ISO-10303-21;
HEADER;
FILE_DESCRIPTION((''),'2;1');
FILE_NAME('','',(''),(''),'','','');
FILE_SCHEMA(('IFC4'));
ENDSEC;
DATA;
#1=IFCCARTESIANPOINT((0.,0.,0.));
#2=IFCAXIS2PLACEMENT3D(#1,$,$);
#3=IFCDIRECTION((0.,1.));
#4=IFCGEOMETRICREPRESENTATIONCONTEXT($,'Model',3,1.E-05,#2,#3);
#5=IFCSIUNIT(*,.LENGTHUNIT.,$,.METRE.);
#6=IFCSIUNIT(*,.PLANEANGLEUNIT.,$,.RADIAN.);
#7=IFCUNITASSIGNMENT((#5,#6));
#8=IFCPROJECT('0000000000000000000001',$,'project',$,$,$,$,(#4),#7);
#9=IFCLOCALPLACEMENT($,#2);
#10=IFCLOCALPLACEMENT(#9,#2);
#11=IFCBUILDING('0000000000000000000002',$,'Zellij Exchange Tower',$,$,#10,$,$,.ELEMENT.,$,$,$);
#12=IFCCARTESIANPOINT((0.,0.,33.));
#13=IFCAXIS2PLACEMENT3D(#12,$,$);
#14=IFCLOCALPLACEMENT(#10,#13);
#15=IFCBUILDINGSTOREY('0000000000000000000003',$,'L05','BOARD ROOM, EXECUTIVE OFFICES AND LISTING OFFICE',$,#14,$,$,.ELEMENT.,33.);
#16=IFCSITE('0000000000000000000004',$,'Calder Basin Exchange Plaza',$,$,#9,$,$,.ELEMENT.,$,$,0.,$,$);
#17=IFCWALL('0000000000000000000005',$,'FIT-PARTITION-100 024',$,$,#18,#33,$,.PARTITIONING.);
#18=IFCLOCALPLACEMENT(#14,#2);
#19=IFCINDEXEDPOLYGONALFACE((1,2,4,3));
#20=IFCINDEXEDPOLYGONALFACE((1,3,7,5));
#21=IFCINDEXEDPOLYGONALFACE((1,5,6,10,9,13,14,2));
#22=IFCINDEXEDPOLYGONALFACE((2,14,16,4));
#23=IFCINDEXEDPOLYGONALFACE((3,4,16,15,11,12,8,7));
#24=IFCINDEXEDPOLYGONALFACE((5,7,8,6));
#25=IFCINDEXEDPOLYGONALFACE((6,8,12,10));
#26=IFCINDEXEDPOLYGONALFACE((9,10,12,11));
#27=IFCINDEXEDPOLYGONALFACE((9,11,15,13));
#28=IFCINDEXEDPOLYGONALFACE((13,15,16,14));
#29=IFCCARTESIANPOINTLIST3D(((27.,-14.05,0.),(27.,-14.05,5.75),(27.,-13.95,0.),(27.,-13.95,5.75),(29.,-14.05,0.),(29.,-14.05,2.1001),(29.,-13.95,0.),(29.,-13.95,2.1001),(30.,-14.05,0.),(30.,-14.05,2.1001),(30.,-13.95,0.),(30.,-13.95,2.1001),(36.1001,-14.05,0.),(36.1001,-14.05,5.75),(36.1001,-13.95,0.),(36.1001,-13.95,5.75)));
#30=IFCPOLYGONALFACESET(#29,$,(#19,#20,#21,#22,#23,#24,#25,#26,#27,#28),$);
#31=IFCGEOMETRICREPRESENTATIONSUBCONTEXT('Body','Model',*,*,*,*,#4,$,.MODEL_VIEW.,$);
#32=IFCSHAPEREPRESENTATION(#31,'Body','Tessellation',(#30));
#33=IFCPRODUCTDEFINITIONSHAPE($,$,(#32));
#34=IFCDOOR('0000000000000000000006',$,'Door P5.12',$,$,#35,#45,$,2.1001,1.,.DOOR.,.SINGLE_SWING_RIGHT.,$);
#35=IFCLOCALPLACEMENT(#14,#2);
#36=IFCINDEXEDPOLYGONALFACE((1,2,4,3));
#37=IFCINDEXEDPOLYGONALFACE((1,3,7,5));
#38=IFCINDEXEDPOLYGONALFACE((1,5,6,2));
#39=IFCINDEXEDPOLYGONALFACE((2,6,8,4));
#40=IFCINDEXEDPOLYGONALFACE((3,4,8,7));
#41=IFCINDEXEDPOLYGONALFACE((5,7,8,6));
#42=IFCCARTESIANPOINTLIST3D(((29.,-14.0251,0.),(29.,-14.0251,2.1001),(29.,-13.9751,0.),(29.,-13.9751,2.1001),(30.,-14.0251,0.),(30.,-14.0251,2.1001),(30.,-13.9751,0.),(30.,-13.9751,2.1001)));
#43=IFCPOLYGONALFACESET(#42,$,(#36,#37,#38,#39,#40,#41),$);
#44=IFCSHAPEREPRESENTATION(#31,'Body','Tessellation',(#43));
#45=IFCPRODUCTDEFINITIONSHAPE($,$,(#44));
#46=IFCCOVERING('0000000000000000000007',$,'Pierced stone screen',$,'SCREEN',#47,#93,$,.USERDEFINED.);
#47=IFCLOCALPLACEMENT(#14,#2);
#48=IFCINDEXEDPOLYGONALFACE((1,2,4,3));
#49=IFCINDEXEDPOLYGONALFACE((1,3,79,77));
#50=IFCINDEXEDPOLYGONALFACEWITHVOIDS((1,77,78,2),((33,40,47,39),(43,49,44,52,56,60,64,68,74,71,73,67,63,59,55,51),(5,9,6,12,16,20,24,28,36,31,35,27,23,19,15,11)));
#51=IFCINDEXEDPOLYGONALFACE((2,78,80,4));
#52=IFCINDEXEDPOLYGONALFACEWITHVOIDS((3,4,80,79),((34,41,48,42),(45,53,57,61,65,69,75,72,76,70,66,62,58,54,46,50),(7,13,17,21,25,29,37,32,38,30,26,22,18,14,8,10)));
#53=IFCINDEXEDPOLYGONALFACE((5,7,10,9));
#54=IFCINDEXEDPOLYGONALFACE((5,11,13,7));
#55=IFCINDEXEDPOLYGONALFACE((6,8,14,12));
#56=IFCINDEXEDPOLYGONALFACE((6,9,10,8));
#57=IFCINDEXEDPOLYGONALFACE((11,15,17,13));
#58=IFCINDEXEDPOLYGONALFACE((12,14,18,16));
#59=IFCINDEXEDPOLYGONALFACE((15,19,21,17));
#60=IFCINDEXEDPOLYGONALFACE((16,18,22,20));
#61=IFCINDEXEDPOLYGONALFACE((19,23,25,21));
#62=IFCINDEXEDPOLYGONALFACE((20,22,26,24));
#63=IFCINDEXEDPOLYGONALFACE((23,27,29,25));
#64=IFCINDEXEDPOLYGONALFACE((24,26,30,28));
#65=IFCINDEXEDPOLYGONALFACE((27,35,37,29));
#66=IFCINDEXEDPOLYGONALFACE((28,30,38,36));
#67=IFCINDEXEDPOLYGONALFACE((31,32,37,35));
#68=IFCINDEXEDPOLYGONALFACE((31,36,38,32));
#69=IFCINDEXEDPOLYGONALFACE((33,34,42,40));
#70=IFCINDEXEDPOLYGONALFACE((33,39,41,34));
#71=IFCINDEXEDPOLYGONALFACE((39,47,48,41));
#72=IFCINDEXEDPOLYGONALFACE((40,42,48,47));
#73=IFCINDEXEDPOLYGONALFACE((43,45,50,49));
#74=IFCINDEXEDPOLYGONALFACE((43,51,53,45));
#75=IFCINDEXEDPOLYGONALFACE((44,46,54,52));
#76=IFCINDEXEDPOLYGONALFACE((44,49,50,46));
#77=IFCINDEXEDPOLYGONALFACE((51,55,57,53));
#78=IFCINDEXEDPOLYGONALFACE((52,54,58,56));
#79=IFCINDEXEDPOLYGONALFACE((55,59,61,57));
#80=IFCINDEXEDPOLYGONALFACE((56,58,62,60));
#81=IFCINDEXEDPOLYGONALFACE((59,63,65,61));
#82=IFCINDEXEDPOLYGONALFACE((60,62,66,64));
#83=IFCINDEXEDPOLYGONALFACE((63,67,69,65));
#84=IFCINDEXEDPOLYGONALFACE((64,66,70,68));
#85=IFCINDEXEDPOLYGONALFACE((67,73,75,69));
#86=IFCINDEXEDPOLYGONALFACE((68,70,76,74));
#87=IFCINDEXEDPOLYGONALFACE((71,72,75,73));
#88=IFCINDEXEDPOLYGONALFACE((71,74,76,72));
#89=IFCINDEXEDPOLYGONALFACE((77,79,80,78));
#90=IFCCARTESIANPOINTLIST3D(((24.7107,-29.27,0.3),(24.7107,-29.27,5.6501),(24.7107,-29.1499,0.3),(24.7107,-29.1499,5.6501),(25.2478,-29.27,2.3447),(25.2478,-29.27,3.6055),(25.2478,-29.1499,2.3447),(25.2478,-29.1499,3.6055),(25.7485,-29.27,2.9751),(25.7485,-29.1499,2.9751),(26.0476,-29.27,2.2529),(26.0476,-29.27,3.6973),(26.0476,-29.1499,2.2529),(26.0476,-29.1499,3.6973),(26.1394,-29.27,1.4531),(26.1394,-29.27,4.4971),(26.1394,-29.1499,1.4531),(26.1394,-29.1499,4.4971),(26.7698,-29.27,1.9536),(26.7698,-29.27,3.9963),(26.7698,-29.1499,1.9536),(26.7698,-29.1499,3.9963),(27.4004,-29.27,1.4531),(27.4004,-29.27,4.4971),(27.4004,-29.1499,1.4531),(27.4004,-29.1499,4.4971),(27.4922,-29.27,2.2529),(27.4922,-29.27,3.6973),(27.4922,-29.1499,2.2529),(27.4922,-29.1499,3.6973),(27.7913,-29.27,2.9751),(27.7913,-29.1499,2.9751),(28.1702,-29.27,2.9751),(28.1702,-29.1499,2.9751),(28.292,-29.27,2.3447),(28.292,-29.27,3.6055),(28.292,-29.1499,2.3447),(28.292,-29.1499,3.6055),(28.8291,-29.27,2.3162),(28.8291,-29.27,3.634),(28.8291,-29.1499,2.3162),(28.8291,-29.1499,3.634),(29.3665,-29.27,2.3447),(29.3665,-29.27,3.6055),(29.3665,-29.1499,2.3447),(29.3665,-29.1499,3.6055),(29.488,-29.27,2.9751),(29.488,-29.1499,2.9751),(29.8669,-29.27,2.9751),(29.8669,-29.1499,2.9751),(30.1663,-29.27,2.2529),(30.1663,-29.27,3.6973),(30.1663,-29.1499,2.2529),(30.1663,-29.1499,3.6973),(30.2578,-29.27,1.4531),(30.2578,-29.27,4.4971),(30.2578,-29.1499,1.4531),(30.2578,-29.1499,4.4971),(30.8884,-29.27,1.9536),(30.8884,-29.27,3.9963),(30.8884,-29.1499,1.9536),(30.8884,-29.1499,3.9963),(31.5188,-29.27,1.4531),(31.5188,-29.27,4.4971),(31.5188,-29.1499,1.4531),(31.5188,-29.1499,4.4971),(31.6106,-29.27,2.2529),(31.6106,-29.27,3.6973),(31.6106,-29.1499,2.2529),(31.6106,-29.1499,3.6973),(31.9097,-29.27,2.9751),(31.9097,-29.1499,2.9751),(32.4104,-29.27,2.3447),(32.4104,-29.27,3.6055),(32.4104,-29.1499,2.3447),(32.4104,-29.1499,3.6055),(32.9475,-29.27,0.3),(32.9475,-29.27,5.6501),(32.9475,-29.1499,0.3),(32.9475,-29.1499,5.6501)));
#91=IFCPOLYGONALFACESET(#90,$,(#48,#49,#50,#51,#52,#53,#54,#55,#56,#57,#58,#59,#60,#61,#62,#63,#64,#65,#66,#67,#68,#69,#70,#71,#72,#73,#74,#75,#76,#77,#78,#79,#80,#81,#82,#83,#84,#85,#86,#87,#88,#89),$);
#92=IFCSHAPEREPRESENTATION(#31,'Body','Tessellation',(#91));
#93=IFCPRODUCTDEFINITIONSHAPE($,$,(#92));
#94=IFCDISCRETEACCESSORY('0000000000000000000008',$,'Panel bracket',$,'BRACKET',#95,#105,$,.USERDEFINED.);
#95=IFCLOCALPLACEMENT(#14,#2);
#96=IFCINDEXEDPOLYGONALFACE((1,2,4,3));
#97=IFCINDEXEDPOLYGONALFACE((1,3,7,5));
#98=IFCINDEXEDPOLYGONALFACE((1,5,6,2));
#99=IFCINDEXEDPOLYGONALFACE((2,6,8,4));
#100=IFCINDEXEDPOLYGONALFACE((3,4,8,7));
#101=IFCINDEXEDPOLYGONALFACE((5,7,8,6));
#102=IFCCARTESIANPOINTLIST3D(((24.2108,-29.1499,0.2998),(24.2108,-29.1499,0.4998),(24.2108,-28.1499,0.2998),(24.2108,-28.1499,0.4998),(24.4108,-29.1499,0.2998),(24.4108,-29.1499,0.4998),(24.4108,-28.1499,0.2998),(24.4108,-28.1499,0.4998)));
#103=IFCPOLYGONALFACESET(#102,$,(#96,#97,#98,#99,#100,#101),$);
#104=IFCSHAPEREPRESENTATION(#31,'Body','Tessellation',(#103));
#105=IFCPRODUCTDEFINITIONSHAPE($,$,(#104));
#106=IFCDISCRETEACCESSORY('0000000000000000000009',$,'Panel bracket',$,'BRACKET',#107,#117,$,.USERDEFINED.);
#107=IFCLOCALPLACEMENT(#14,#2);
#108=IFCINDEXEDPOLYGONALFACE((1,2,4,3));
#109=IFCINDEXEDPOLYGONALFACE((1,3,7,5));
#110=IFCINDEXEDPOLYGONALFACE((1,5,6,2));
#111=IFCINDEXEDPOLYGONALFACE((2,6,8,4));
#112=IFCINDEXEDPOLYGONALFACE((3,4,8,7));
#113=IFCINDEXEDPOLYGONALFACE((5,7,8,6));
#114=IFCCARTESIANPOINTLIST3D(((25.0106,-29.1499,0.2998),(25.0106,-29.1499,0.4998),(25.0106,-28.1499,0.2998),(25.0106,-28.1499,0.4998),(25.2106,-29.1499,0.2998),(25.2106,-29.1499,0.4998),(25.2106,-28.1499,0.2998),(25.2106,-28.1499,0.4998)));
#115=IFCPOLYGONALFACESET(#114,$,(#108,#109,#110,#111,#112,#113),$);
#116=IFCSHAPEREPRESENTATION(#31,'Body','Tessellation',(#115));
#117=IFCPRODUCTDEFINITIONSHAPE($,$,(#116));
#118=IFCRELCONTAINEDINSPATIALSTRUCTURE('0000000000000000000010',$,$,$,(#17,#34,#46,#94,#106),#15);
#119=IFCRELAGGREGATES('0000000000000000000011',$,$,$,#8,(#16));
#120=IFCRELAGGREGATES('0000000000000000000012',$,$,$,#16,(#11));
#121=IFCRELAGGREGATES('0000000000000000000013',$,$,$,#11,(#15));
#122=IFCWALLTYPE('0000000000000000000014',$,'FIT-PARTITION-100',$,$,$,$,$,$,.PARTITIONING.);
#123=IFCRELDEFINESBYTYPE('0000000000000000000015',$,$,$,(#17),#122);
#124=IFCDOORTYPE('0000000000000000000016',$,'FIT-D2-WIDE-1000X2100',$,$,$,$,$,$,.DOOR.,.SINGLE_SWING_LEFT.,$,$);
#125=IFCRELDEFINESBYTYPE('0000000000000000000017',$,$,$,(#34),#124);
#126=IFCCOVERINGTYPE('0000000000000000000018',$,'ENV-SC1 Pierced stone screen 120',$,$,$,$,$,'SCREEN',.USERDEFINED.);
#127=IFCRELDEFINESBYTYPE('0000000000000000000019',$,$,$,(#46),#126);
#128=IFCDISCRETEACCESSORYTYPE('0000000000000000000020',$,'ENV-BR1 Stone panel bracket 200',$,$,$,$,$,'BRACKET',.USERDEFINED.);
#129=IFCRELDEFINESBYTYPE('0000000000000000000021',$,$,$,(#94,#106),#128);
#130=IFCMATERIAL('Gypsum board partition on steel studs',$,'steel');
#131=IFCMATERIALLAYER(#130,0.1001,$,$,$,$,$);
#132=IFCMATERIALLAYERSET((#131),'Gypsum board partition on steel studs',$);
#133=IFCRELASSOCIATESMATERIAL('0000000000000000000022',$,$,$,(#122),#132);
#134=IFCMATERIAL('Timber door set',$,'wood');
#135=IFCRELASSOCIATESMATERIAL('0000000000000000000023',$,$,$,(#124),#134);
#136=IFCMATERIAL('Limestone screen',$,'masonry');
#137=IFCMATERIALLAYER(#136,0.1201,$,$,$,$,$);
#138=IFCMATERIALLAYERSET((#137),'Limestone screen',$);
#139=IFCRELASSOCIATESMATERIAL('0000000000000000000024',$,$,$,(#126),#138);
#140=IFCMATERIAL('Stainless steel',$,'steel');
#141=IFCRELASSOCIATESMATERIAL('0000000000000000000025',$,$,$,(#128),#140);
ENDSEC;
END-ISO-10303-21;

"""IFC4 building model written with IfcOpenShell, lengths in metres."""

from ifc_helpers import new_model, si_unit, direction, frame, frame_2d, origin, origin_2d, place, context, subcontext, project, spatial, polyline, rectangle, outline, extrude, material, layer, layer_set, type_object, element, fill, save


model = new_model("IFC4")

# Units and contexts
model_context = context("Model", 3, precision=1e-05, world=origin(), true_north=direction((0.0, 1.0)))
body_context = subcontext(model_context, "Body", "Model", "MODEL_VIEW")
ifc_project = project(units=[si_unit("LENGTHUNIT", "METRE"), si_unit("PLANEANGLEUNIT", "RADIAN")], contexts=[model_context])

# Site, building, storey
site_placement = place(None, origin())
site = spatial("IfcSite", under=ifc_project, at=site_placement, Name="Calder Basin Exchange Plaza", CompositionType="ELEMENT", RefElevation=0.0)
building_placement = place(site_placement, origin())
building = spatial("IfcBuilding", under=site, at=building_placement, Name="Zellij Exchange Tower", CompositionType="ELEMENT")
storey_placement = place(building_placement, frame((0.0, 0.0, 33.0)))
storey = spatial("IfcBuildingStorey", under=building, at=storey_placement, Name="L05", Description="BOARD ROOM, EXECUTIVE OFFICES AND LISTING OFFICE", CompositionType="ELEMENT", Elevation=33.0)

# Shared definitions
ifc_material_1 = material(Name="Gypsum board partition on steel studs", Category="steel")
ifc_layer_1 = layer(ifc_material_1, 0.1001)
ifc_layer_set_1 = layer_set([ifc_layer_1], Name="Gypsum board partition on steel studs")
wall_type_1 = type_object("IfcWallType", Name="FIT-PARTITION-100", PredefinedType="PARTITIONING", material=ifc_layer_set_1)

# Wall, opening, door
wall_1_placement = place(storey_placement, frame((27.0, -14.0, 0.0), z_axis=(0.0, 0.0, 1.0), x_axis=(1.0, 0.0, 0.0)))
wall_1 = element("IfcWall", 1, at=wall_1_placement, inside=storey, type_object=wall_type_1, Name="FIT-PARTITION-100 024", PredefinedType="PARTITIONING", context=body_context, shape_type="SweptSolid", body=[
    extrude(rectangle(XDim=9.1001, YDim=0.1001, at=frame_2d((4.55, 0.0))), origin(), (0.0, 0.0, 1.0), 5.75),
])
opening_placement = place(wall_1_placement, frame((2.0, 0.0, 0.0)))
opening = element("IfcOpeningElement", 2, at=opening_placement, cuts=wall_1, PredefinedType="OPENING", context=body_context, shape_type="SweptSolid", body=[
    extrude(rectangle(XDim=1.0, YDim=2.1001, at=frame_2d((0.5, 1.05))), frame((0.0, 0.062, 0.0), z_axis=(0.0, -1.0, 0.0), x_axis=(1.0, 0.0, 0.0)), (0.0, 0.0, 1.0), 0.124),
])
ifc_material_2 = material(Name="Timber door set", Category="wood")
door_type = type_object("IfcDoorType", Name="FIT-D2-WIDE-1000X2100", OperationType="SINGLE_SWING_LEFT", PredefinedType="DOOR", material=ifc_material_2)
door_placement = place(opening_placement, origin())
door = element("IfcDoor", 3, at=door_placement, inside=storey, type_object=door_type, Name="Door P5.12", OperationType="SINGLE_SWING_RIGHT", OverallHeight=2.1001, OverallWidth=1.0, PredefinedType="DOOR", context=body_context, shape_type="SweptSolid", body=[
    extrude(rectangle(XDim=1.0, YDim=2.1001, at=frame_2d((0.5, 1.05))), frame((0.0, 0.0249, 0.0), z_axis=(0.0, -1.0, 0.0), x_axis=(1.0, 0.0, 0.0)), (0.0, 0.0, 1.0), 0.05),
])
fill(opening, door)

# Covering
ifc_material_3 = material(Name="Limestone screen", Category="masonry")
ifc_layer_2 = layer(ifc_material_3, 0.1201)
ifc_layer_set_2 = layer_set([ifc_layer_2], Name="Limestone screen")
covering_type = type_object("IfcCoveringType", Name="ENV-SC1 Pierced stone screen 120", ElementType="SCREEN", PredefinedType="USERDEFINED", material=ifc_layer_set_2)
covering_placement = place(storey_placement, frame((24.7107, -29.21, 0.3), z_axis=(0.0, 0.0, 1.0), x_axis=(1.0, 0.0, 0.0)))
element("IfcCovering", 4, at=covering_placement, inside=storey, type_object=covering_type, Name="Pierced stone screen", ObjectType="SCREEN", PredefinedType="USERDEFINED", context=body_context, shape_type="SweptSolid", body=[
    extrude(outline(polyline([(0.0, 0.0), (8.2368, 0.0), (8.2368, 5.3501), (0.0, 5.3501), (0.0, 0.0)]), holes=[polyline([(3.5813, 3.3054), (2.7815, 3.3972), (2.6897, 4.197), (2.0591, 3.6963), (1.4287, 4.197), (1.3369, 3.3972), (0.5371, 3.3054), (1.0378, 2.675), (0.5371, 2.0447), (1.3369, 1.9529), (1.4287, 1.1531), (2.0591, 1.6536), (2.6897, 1.1531), (2.7815, 1.9529), (3.5813, 2.0447), (3.0806, 2.675), (3.5813, 3.3054)]), polyline([(7.6997, 3.3054), (6.8999, 3.3972), (6.8081, 4.197), (6.1777, 3.6963), (5.5471, 4.197), (5.4556, 3.3972), (4.6558, 3.3054), (5.1562, 2.675), (4.6558, 2.0447), (5.4556, 1.9529), (5.5471, 1.1531), (6.1777, 1.6536), (6.8081, 1.1531), (6.8999, 1.9529), (7.6997, 2.0447), (7.199, 2.675), (7.6997, 3.3054)]), polyline([(4.7773, 2.675), (4.1184, 3.334), (3.4595, 2.675), (4.1184, 2.0161), (4.7773, 2.675)])]), frame((0.0, 0.0601, 0.0), z_axis=(0.0, -1.0, 0.0), x_axis=(1.0, 0.0, 0.0)), (0.0, 0.0, 1.0), 0.1201),
])

# Discrete accessories
ifc_material_4 = material(Name="Stainless steel", Category="steel")
discrete_accessory_type = type_object("IfcDiscreteAccessoryType", Name="ENV-BR1 Stone panel bracket 200", ElementType="BRACKET", PredefinedType="USERDEFINED", material=ifc_material_4)
for number, where, z_axis, x_axis, name in (
    (5, (24.3108, -28.6499, 0.2998), (0.0, 0.0, 1.0), (1.0, 0.0, 0.0), "Panel bracket"),
    (6, (25.1106, -28.6499, 0.2998), (0.0, 0.0, 1.0), (1.0, 0.0, 0.0), "Panel bracket"),
):
    element("IfcDiscreteAccessory", number, at=place(storey_placement, frame(where, z_axis=z_axis, x_axis=x_axis)), inside=storey, type_object=discrete_accessory_type, Name=name, ObjectType="BRACKET", PredefinedType="USERDEFINED", context=body_context, shape_type="SweptSolid", body=[
        extrude(rectangle(XDim=0.2, YDim=1.0, at=origin_2d()), origin(), (0.0, 0.0, 1.0), 0.2),
    ])

save(model, "model.ifc")
